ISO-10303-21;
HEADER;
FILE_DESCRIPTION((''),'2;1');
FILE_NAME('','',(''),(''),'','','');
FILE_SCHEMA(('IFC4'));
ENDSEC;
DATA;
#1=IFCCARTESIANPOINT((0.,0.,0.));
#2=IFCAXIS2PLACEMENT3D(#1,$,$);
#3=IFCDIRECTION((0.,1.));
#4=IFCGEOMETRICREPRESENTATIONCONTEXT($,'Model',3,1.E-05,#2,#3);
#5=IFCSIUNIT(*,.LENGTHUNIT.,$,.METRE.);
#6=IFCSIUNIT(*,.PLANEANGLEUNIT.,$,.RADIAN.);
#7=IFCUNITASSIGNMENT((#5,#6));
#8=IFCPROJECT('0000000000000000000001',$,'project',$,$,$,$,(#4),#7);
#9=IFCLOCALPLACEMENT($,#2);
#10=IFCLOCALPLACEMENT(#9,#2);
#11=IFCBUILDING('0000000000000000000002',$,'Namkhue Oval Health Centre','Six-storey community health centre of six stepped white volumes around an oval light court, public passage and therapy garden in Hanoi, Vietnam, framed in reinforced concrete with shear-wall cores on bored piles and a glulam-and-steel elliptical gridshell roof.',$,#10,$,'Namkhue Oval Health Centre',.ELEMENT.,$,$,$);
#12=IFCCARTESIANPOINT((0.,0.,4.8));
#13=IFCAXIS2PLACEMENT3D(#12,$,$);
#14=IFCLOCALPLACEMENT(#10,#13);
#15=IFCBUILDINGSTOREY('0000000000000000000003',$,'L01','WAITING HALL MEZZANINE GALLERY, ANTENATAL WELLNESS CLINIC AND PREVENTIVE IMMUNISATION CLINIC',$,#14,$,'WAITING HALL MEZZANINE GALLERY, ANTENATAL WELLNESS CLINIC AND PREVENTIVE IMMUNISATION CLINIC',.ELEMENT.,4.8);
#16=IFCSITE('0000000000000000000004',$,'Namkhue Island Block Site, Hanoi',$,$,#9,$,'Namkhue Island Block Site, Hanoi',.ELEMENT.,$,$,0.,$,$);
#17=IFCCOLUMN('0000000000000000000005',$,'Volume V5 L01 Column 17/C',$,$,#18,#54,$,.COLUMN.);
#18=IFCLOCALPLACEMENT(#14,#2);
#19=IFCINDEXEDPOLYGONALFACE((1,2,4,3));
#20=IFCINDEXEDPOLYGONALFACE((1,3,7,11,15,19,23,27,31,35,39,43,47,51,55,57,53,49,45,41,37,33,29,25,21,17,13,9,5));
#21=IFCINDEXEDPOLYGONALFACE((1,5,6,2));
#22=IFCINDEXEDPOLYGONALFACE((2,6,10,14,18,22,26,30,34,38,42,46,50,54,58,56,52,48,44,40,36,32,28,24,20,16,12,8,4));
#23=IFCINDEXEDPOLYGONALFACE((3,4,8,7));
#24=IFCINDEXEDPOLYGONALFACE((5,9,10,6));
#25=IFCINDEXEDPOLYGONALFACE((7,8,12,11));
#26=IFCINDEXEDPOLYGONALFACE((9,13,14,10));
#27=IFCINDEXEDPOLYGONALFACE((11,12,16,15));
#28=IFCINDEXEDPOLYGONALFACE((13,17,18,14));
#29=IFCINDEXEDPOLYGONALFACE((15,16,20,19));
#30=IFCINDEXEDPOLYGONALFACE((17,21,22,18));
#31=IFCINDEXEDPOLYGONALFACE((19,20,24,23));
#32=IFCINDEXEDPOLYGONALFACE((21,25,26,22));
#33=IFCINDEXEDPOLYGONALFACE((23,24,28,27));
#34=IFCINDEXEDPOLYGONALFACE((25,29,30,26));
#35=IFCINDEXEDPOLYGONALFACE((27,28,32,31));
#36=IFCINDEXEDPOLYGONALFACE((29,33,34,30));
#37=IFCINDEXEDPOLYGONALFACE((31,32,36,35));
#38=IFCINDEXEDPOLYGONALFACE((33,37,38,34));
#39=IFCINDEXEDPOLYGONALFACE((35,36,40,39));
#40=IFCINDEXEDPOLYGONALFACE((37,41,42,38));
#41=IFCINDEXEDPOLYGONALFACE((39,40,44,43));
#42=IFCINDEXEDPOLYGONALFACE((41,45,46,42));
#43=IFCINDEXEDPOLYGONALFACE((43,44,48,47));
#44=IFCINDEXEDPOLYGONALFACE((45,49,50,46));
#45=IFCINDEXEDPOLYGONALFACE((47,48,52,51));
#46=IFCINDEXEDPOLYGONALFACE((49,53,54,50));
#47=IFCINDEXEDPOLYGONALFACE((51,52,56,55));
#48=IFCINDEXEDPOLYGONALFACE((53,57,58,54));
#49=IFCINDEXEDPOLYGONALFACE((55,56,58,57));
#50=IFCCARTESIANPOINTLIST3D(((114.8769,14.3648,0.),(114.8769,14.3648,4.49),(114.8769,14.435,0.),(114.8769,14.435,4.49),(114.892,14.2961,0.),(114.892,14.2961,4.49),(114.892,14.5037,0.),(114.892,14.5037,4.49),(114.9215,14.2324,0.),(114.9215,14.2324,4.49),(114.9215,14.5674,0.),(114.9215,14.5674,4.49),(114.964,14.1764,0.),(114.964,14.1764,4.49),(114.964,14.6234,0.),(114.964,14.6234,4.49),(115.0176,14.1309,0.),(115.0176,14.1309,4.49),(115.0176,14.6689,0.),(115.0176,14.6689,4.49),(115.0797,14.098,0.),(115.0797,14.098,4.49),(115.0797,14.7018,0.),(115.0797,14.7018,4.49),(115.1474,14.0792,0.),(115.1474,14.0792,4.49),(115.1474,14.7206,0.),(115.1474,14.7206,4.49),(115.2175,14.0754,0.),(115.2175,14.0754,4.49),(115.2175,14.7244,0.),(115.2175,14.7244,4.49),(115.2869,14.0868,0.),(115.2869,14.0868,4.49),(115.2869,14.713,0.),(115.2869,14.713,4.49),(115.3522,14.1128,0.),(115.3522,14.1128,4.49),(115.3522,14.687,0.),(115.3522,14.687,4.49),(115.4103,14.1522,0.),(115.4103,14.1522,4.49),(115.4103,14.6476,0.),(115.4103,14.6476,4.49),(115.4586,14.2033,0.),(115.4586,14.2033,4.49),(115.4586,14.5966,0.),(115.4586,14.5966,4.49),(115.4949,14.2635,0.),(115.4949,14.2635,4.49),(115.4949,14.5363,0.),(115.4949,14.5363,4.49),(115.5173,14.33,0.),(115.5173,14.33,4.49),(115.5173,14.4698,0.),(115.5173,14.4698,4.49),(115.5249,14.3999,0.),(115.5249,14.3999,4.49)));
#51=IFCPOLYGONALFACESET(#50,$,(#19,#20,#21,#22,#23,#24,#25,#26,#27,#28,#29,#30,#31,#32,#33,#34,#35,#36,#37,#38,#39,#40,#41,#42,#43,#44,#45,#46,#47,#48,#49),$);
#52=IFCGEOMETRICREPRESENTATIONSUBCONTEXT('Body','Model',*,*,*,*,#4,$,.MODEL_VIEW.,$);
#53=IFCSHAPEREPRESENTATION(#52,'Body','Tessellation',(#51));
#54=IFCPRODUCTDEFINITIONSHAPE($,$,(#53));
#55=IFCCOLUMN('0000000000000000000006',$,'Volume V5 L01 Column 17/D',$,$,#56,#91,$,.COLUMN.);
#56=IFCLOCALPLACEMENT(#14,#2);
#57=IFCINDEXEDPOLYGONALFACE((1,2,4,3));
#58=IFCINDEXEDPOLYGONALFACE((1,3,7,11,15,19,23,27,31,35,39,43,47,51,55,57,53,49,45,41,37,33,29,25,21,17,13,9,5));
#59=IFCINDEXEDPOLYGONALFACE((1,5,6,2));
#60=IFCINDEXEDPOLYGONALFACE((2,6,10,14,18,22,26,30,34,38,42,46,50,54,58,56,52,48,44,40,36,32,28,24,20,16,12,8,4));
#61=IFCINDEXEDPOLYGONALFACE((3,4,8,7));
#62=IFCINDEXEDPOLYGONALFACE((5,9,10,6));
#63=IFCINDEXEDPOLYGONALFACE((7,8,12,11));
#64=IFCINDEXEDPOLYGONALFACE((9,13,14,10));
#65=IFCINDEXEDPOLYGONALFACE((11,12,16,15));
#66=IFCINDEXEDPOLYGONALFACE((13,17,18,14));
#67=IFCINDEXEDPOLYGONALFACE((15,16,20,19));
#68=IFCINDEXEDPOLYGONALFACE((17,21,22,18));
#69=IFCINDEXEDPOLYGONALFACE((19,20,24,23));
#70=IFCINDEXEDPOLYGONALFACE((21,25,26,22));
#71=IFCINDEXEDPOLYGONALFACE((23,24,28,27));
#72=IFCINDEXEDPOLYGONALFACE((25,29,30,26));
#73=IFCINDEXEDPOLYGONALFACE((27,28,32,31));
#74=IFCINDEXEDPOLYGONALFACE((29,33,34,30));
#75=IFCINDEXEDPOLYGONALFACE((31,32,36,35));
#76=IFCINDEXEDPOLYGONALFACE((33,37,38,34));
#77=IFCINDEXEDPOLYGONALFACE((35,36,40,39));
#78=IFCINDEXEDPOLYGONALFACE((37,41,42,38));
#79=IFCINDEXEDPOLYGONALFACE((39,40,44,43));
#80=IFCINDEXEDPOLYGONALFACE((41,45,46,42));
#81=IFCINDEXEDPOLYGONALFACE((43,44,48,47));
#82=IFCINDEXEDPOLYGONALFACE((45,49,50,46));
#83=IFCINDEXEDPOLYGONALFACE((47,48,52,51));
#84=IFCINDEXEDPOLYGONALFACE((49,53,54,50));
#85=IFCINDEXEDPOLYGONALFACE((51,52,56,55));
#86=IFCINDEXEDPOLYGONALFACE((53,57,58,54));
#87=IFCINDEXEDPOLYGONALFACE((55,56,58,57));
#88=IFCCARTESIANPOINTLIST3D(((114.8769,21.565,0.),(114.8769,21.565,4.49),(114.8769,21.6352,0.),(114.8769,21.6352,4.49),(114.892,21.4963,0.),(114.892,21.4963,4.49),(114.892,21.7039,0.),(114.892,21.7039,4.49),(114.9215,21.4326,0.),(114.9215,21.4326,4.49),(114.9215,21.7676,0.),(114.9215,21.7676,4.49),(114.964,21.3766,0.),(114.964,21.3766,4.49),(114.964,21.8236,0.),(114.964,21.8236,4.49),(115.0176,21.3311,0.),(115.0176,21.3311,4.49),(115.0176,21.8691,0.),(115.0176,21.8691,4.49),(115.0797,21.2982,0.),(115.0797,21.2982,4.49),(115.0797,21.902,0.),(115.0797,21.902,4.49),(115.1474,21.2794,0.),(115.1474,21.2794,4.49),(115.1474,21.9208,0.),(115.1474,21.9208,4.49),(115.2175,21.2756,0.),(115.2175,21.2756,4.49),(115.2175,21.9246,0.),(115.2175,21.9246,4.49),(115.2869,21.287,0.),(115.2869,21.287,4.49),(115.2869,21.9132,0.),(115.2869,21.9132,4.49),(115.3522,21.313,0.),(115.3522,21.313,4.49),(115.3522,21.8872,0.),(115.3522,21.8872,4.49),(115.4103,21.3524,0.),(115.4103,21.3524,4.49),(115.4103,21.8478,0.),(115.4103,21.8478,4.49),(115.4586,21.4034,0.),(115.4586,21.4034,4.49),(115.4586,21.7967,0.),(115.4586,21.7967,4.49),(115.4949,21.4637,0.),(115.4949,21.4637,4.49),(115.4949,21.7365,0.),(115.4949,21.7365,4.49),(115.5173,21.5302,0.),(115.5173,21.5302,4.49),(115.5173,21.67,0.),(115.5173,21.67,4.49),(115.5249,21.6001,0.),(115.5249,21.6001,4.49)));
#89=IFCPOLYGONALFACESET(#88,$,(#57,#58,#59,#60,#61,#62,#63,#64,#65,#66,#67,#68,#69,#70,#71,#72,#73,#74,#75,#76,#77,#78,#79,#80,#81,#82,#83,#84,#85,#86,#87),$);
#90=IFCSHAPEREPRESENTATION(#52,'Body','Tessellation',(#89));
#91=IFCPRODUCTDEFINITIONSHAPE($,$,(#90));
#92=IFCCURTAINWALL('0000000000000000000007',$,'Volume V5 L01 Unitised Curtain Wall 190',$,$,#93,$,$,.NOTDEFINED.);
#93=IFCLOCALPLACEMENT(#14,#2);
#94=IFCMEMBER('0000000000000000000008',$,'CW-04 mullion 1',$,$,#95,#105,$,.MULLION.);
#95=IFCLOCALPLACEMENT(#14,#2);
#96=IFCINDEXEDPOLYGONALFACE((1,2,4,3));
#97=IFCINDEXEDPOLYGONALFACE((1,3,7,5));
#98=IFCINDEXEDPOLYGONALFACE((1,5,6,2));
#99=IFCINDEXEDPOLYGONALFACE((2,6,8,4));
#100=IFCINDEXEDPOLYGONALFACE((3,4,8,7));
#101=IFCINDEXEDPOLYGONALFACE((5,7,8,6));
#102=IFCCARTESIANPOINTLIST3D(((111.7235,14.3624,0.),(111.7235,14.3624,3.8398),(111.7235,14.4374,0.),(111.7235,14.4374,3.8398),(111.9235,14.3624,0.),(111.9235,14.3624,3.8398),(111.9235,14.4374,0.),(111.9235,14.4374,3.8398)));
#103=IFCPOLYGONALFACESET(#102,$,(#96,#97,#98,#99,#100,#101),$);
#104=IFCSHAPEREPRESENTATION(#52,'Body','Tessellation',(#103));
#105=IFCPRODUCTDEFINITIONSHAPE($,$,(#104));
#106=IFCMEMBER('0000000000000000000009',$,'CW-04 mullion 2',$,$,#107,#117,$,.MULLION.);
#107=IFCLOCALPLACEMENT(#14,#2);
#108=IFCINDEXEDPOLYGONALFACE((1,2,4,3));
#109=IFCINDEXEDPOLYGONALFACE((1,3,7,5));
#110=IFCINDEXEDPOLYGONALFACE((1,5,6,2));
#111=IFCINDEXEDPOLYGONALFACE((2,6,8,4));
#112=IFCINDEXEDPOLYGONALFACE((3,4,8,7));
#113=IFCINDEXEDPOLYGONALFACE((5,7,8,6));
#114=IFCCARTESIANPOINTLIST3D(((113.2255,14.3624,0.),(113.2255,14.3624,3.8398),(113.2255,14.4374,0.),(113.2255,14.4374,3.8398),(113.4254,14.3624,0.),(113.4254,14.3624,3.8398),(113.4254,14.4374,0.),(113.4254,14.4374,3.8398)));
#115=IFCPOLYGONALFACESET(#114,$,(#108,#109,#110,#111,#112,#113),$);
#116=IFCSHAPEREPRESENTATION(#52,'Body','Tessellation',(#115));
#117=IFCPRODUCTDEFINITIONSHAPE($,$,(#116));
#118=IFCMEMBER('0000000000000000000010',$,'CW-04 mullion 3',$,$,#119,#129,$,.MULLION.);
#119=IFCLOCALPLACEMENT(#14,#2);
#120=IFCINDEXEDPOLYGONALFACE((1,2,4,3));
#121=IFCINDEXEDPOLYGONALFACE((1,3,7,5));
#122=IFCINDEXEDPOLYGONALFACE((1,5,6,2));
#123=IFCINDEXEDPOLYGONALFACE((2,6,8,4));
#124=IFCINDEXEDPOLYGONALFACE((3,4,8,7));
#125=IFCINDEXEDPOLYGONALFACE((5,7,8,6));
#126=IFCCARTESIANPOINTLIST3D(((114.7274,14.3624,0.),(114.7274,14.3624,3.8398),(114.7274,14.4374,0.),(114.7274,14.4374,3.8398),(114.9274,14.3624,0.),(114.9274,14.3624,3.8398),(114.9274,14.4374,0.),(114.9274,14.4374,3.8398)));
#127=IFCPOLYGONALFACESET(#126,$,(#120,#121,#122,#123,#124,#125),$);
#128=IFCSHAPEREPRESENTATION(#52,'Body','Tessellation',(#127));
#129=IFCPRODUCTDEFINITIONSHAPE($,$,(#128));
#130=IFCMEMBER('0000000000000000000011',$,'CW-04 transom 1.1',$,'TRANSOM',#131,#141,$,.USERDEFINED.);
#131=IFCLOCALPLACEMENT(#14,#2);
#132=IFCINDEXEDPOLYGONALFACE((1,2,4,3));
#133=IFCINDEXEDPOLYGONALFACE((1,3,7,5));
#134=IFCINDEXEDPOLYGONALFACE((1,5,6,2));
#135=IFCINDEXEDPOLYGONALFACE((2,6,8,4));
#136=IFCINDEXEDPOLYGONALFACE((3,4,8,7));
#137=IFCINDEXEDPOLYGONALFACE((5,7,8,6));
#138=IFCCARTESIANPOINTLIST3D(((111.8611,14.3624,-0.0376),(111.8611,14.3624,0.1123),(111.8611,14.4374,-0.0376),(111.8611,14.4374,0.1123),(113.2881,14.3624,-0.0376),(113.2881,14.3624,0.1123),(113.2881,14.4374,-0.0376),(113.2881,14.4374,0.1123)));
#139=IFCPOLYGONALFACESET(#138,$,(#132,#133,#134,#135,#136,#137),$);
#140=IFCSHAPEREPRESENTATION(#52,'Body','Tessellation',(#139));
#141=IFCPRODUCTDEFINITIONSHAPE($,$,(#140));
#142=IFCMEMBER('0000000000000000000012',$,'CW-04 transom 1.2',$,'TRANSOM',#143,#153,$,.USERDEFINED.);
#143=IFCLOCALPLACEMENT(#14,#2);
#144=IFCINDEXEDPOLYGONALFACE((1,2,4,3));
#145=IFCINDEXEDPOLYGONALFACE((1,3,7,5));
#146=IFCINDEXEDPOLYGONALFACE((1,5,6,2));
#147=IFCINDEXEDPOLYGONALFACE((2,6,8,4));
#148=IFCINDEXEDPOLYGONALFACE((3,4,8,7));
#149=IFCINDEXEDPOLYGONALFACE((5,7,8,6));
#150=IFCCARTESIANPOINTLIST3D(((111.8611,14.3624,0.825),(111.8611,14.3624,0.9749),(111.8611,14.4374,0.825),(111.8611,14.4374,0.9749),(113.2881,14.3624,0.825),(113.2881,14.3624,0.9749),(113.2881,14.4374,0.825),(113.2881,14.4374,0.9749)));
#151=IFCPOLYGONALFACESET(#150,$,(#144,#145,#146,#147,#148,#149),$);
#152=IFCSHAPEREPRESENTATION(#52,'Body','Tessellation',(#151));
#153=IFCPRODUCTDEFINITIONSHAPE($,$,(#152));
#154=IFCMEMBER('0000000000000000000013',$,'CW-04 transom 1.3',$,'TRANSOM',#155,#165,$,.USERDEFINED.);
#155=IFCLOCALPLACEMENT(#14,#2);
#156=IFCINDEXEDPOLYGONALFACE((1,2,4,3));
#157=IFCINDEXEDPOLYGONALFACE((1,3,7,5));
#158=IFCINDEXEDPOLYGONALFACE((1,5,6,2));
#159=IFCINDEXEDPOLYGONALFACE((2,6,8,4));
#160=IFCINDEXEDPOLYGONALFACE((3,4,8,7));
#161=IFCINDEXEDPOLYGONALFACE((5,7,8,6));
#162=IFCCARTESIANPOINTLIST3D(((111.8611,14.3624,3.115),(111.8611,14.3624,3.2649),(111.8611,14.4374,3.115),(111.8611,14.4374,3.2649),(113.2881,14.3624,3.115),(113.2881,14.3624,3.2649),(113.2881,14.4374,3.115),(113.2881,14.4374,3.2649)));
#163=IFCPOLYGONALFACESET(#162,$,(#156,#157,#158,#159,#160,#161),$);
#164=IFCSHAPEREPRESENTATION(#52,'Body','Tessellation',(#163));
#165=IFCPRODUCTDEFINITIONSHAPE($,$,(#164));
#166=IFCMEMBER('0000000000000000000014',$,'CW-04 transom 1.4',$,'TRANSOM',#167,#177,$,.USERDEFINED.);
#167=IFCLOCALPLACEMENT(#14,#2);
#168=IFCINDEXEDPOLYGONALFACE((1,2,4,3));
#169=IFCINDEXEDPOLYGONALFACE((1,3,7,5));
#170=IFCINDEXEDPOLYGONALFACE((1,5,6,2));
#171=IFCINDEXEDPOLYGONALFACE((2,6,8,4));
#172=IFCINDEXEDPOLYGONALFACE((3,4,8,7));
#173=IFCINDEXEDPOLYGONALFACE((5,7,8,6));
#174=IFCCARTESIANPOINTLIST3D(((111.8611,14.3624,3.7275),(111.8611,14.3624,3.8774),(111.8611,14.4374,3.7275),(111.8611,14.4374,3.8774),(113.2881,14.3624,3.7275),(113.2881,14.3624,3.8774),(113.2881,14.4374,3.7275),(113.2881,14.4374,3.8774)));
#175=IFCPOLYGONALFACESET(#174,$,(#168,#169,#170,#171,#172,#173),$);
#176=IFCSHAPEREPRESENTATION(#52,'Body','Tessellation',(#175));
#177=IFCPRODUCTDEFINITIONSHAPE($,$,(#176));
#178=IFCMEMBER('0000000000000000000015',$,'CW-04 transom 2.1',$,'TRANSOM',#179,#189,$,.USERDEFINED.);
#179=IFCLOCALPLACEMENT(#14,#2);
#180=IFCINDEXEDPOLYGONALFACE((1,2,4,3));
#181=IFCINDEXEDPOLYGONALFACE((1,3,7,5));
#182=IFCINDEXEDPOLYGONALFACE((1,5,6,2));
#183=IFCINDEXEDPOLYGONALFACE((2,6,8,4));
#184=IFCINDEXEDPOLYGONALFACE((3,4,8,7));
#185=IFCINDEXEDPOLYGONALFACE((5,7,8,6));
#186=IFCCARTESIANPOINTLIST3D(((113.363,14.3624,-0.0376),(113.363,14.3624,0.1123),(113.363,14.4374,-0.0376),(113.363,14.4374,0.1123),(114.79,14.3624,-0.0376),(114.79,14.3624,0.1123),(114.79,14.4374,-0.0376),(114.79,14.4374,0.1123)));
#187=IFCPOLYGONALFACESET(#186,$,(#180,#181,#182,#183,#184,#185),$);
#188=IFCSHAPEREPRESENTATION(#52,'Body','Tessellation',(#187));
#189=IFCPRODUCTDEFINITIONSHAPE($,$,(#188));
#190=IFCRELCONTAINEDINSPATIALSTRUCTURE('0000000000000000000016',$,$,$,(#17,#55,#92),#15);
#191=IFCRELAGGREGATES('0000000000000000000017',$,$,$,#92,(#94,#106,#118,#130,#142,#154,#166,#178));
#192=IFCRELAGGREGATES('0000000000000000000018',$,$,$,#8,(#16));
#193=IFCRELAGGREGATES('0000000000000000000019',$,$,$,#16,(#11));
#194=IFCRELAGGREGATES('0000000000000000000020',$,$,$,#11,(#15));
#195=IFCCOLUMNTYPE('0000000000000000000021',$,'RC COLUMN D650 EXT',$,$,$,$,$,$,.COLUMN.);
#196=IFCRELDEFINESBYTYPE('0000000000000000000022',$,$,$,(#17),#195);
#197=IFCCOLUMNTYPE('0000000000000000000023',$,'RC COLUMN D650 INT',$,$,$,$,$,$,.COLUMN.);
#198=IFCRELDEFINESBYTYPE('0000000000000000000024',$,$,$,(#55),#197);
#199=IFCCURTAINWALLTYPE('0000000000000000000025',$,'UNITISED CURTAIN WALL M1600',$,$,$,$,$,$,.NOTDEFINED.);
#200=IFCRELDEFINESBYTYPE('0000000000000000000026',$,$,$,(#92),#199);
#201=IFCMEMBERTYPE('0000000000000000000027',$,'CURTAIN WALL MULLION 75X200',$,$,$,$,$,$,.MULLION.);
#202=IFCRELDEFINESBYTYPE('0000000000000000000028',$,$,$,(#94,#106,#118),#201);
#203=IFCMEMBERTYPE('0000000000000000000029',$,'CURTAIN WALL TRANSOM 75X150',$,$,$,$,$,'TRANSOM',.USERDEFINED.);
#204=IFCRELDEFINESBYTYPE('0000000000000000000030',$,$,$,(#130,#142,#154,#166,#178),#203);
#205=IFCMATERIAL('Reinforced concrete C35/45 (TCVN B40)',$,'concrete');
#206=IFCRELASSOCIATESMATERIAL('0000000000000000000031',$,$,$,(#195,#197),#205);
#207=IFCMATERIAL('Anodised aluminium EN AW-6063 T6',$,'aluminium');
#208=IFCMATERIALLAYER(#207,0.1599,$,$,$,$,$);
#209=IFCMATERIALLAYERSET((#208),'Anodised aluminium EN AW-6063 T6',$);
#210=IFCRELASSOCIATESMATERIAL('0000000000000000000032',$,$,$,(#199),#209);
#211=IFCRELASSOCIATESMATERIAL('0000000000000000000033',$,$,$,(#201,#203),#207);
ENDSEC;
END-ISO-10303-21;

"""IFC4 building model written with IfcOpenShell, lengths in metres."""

from ifc_helpers import new_model, si_unit, direction, frame, origin, origin_2d, place, context, subcontext, project, spatial, rectangle, circle, extrude, material, layer, layer_set, material_profile, profile_set, type_object, element, aggregate, save


model = new_model("IFC4")

# Units and contexts
model_context = context("Model", 3, precision=1e-05, world=origin(), true_north=direction((0.0, 1.0)))
body_context = subcontext(model_context, "Body", "Model", "MODEL_VIEW")
ifc_project = project(units=[si_unit("LENGTHUNIT", "METRE"), si_unit("PLANEANGLEUNIT", "RADIAN")], contexts=[model_context])

# Site, building, storey
site_placement = place(None, origin())
site = spatial("IfcSite", under=ifc_project, at=site_placement, Name="Namkhue Island Block Site, Hanoi", LongName="Namkhue Island Block Site, Hanoi", CompositionType="ELEMENT", RefElevation=0.0)
building_placement = place(site_placement, origin())
building = spatial("IfcBuilding", under=site, at=building_placement, Name="Namkhue Oval Health Centre", Description="Six-storey community health centre of six stepped white volumes around an oval light court, public passage and therapy garden in Hanoi, Vietnam, framed in reinforced concrete with shear-wall cores on bored piles and a glulam-and-steel elliptical gridshell roof.", LongName="Namkhue Oval Health Centre", CompositionType="ELEMENT")
storey_placement = place(building_placement, frame((0.0, 0.0, 4.8)))
storey = spatial("IfcBuildingStorey", under=building, at=storey_placement, Name="L01", Description="WAITING HALL MEZZANINE GALLERY, ANTENATAL WELLNESS CLINIC AND PREVENTIVE IMMUNISATION CLINIC", LongName="WAITING HALL MEZZANINE GALLERY, ANTENATAL WELLNESS CLINIC AND PREVENTIVE IMMUNISATION CLINIC", CompositionType="ELEMENT", Elevation=4.8)

# Columns
ifc_material_1 = material(Name="Reinforced concrete C35/45 (TCVN B40)", Category="concrete")
ifc_material_profile_1 = material_profile(ifc_material_1, circle(Radius=0.325, at=origin_2d()), Name="RC D650")
ifc_profile_set_1 = profile_set([ifc_material_profile_1], Name="Reinforced concrete C35/45 (TCVN B40)")
column_type_1 = type_object("IfcColumnType", Name="RC COLUMN D650 EXT", PredefinedType="COLUMN", material=ifc_profile_set_1)
column_1_placement = place(storey_placement, frame((115.2, 14.3999, 0.0), z_axis=(0.0, 0.0, 1.0), x_axis=(1.0, 0.0, 0.0)))
element("IfcColumn", 1, at=column_1_placement, inside=storey, type_object=column_type_1, Name="Volume V5 L01 Column 17/C", PredefinedType="COLUMN", context=body_context, shape_type="SweptSolid", body=[
    extrude(circle(Radius=0.325, at=origin_2d()), origin(), (0.0, 0.0, 1.0), 4.49),
])
ifc_material_profile_2 = material_profile(ifc_material_1, circle(Radius=0.325, at=origin_2d()), Name="RC D650")
ifc_profile_set_2 = profile_set([ifc_material_profile_2], Name="Reinforced concrete C35/45 (TCVN B40)")
column_type_2 = type_object("IfcColumnType", Name="RC COLUMN D650 INT", PredefinedType="COLUMN", material=ifc_profile_set_2)
column_2_placement = place(storey_placement, frame((115.2, 21.6001, 0.0), z_axis=(0.0, 0.0, 1.0), x_axis=(1.0, 0.0, 0.0)))
element("IfcColumn", 2, at=column_2_placement, inside=storey, type_object=column_type_2, Name="Volume V5 L01 Column 17/D", PredefinedType="COLUMN", context=body_context, shape_type="SweptSolid", body=[
    extrude(circle(Radius=0.325, at=origin_2d()), origin(), (0.0, 0.0, 1.0), 4.49),
])

# Curtain wall, members
ifc_material_2 = material(Name="Anodised aluminium EN AW-6063 T6", Category="aluminium")
ifc_layer_1 = layer(ifc_material_2, 0.1599)
ifc_layer_set_1 = layer_set([ifc_layer_1], Name="Anodised aluminium EN AW-6063 T6")
curtain_wall_type = type_object("IfcCurtainWallType", Name="UNITISED CURTAIN WALL M1600", PredefinedType="NOTDEFINED", material=ifc_layer_set_1)
curtain_wall_placement = place(storey_placement, origin())
curtain_wall = element("IfcCurtainWall", 3, at=curtain_wall_placement, inside=storey, type_object=curtain_wall_type, Name="Volume V5 L01 Unitised Curtain Wall 190", PredefinedType="NOTDEFINED")
ifc_material_profile_3 = material_profile(ifc_material_2, rectangle(XDim=0.075, YDim=0.2, at=origin_2d()), Name="ALU 75x200")
ifc_profile_set_3 = profile_set([ifc_material_profile_3], Name="Anodised aluminium EN AW-6063 T6")
member_type_1 = type_object("IfcMemberType", Name="CURTAIN WALL MULLION 75X200", PredefinedType="MULLION", material=ifc_profile_set_3)
member_1_placement = place(storey_placement, frame((111.8235, 14.3999, 0.0), z_axis=(0.0, 0.0, 1.0), x_axis=(0.0, 1.0, 0.0)))
member_1 = element("IfcMember", 4, at=member_1_placement, type_object=member_type_1, Name="CW-04 mullion 1", PredefinedType="MULLION", context=body_context, shape_type="SweptSolid", body=[
    extrude(rectangle(XDim=0.075, YDim=0.2, at=origin_2d()), origin(), (0.0, 0.0, 1.0), 3.8398),
])
member_2_placement = place(storey_placement, frame((113.3254, 14.3999, 0.0), z_axis=(0.0, 0.0, 1.0), x_axis=(0.0, 1.0, 0.0)))
member_2 = element("IfcMember", 5, at=member_2_placement, type_object=member_type_1, Name="CW-04 mullion 2", PredefinedType="MULLION", context=body_context, shape_type="SweptSolid", body=[
    extrude(rectangle(XDim=0.075, YDim=0.2, at=origin_2d()), origin(), (0.0, 0.0, 1.0), 3.8398),
])
member_3_placement = place(storey_placement, frame((114.8274, 14.3999, 0.0), z_axis=(0.0, 0.0, 1.0), x_axis=(0.0, 1.0, 0.0)))
member_3 = element("IfcMember", 6, at=member_3_placement, type_object=member_type_1, Name="CW-04 mullion 3", PredefinedType="MULLION", context=body_context, shape_type="SweptSolid", body=[
    extrude(rectangle(XDim=0.075, YDim=0.2, at=origin_2d()), origin(), (0.0, 0.0, 1.0), 3.8398),
])
ifc_material_profile_4 = material_profile(ifc_material_2, rectangle(XDim=0.075, YDim=0.1499, at=origin_2d()), Name="ALU 75x150")
ifc_profile_set_4 = profile_set([ifc_material_profile_4], Name="Anodised aluminium EN AW-6063 T6")
member_type_2 = type_object("IfcMemberType", Name="CURTAIN WALL TRANSOM 75X150", ElementType="TRANSOM", PredefinedType="USERDEFINED", material=ifc_profile_set_4)
member_4_placement = place(storey_placement, frame((111.8611, 14.3999, 0.0374), z_axis=(1.0, 0.0, 0.0), x_axis=(0.0, 1.0, 0.0)))
member_4 = element("IfcMember", 7, at=member_4_placement, type_object=member_type_2, Name="CW-04 transom 1.1", ObjectType="TRANSOM", PredefinedType="USERDEFINED", context=body_context, shape_type="SweptSolid", body=[
    extrude(rectangle(XDim=0.075, YDim=0.1499, at=origin_2d()), origin(), (0.0, 0.0, 1.0), 1.427),
])
member_5_placement = place(storey_placement, frame((111.8611, 14.3999, 0.8999), z_axis=(1.0, 0.0, 0.0), x_axis=(0.0, 1.0, 0.0)))
member_5 = element("IfcMember", 8, at=member_5_placement, type_object=member_type_2, Name="CW-04 transom 1.2", ObjectType="TRANSOM", PredefinedType="USERDEFINED", context=body_context, shape_type="SweptSolid", body=[
    extrude(rectangle(XDim=0.075, YDim=0.1499, at=origin_2d()), origin(), (0.0, 0.0, 1.0), 1.427),
])
member_6_placement = place(storey_placement, frame((111.8611, 14.3999, 3.1899), z_axis=(1.0, 0.0, 0.0), x_axis=(0.0, 1.0, 0.0)))
member_6 = element("IfcMember", 9, at=member_6_placement, type_object=member_type_2, Name="CW-04 transom 1.3", ObjectType="TRANSOM", PredefinedType="USERDEFINED", context=body_context, shape_type="SweptSolid", body=[
    extrude(rectangle(XDim=0.075, YDim=0.1499, at=origin_2d()), origin(), (0.0, 0.0, 1.0), 1.427),
])
member_7_placement = place(storey_placement, frame((111.8611, 14.3999, 3.8025), z_axis=(1.0, 0.0, 0.0), x_axis=(0.0, 1.0, 0.0)))
member_7 = element("IfcMember", 10, at=member_7_placement, type_object=member_type_2, Name="CW-04 transom 1.4", ObjectType="TRANSOM", PredefinedType="USERDEFINED", context=body_context, shape_type="SweptSolid", body=[
    extrude(rectangle(XDim=0.075, YDim=0.1499, at=origin_2d()), origin(), (0.0, 0.0, 1.0), 1.427),
])
member_8_placement = place(storey_placement, frame((113.363, 14.3999, 0.0374), z_axis=(1.0, 0.0, 0.0), x_axis=(0.0, 1.0, 0.0)))
member_8 = element("IfcMember", 11, at=member_8_placement, type_object=member_type_2, Name="CW-04 transom 2.1", ObjectType="TRANSOM", PredefinedType="USERDEFINED", context=body_context, shape_type="SweptSolid", body=[
    extrude(rectangle(XDim=0.075, YDim=0.1499, at=origin_2d()), origin(), (0.0, 0.0, 1.0), 1.427),
])

aggregate(curtain_wall, [member_1, member_2, member_3, member_4, member_5, member_6, member_7, member_8])

save(model, "model.ifc")
